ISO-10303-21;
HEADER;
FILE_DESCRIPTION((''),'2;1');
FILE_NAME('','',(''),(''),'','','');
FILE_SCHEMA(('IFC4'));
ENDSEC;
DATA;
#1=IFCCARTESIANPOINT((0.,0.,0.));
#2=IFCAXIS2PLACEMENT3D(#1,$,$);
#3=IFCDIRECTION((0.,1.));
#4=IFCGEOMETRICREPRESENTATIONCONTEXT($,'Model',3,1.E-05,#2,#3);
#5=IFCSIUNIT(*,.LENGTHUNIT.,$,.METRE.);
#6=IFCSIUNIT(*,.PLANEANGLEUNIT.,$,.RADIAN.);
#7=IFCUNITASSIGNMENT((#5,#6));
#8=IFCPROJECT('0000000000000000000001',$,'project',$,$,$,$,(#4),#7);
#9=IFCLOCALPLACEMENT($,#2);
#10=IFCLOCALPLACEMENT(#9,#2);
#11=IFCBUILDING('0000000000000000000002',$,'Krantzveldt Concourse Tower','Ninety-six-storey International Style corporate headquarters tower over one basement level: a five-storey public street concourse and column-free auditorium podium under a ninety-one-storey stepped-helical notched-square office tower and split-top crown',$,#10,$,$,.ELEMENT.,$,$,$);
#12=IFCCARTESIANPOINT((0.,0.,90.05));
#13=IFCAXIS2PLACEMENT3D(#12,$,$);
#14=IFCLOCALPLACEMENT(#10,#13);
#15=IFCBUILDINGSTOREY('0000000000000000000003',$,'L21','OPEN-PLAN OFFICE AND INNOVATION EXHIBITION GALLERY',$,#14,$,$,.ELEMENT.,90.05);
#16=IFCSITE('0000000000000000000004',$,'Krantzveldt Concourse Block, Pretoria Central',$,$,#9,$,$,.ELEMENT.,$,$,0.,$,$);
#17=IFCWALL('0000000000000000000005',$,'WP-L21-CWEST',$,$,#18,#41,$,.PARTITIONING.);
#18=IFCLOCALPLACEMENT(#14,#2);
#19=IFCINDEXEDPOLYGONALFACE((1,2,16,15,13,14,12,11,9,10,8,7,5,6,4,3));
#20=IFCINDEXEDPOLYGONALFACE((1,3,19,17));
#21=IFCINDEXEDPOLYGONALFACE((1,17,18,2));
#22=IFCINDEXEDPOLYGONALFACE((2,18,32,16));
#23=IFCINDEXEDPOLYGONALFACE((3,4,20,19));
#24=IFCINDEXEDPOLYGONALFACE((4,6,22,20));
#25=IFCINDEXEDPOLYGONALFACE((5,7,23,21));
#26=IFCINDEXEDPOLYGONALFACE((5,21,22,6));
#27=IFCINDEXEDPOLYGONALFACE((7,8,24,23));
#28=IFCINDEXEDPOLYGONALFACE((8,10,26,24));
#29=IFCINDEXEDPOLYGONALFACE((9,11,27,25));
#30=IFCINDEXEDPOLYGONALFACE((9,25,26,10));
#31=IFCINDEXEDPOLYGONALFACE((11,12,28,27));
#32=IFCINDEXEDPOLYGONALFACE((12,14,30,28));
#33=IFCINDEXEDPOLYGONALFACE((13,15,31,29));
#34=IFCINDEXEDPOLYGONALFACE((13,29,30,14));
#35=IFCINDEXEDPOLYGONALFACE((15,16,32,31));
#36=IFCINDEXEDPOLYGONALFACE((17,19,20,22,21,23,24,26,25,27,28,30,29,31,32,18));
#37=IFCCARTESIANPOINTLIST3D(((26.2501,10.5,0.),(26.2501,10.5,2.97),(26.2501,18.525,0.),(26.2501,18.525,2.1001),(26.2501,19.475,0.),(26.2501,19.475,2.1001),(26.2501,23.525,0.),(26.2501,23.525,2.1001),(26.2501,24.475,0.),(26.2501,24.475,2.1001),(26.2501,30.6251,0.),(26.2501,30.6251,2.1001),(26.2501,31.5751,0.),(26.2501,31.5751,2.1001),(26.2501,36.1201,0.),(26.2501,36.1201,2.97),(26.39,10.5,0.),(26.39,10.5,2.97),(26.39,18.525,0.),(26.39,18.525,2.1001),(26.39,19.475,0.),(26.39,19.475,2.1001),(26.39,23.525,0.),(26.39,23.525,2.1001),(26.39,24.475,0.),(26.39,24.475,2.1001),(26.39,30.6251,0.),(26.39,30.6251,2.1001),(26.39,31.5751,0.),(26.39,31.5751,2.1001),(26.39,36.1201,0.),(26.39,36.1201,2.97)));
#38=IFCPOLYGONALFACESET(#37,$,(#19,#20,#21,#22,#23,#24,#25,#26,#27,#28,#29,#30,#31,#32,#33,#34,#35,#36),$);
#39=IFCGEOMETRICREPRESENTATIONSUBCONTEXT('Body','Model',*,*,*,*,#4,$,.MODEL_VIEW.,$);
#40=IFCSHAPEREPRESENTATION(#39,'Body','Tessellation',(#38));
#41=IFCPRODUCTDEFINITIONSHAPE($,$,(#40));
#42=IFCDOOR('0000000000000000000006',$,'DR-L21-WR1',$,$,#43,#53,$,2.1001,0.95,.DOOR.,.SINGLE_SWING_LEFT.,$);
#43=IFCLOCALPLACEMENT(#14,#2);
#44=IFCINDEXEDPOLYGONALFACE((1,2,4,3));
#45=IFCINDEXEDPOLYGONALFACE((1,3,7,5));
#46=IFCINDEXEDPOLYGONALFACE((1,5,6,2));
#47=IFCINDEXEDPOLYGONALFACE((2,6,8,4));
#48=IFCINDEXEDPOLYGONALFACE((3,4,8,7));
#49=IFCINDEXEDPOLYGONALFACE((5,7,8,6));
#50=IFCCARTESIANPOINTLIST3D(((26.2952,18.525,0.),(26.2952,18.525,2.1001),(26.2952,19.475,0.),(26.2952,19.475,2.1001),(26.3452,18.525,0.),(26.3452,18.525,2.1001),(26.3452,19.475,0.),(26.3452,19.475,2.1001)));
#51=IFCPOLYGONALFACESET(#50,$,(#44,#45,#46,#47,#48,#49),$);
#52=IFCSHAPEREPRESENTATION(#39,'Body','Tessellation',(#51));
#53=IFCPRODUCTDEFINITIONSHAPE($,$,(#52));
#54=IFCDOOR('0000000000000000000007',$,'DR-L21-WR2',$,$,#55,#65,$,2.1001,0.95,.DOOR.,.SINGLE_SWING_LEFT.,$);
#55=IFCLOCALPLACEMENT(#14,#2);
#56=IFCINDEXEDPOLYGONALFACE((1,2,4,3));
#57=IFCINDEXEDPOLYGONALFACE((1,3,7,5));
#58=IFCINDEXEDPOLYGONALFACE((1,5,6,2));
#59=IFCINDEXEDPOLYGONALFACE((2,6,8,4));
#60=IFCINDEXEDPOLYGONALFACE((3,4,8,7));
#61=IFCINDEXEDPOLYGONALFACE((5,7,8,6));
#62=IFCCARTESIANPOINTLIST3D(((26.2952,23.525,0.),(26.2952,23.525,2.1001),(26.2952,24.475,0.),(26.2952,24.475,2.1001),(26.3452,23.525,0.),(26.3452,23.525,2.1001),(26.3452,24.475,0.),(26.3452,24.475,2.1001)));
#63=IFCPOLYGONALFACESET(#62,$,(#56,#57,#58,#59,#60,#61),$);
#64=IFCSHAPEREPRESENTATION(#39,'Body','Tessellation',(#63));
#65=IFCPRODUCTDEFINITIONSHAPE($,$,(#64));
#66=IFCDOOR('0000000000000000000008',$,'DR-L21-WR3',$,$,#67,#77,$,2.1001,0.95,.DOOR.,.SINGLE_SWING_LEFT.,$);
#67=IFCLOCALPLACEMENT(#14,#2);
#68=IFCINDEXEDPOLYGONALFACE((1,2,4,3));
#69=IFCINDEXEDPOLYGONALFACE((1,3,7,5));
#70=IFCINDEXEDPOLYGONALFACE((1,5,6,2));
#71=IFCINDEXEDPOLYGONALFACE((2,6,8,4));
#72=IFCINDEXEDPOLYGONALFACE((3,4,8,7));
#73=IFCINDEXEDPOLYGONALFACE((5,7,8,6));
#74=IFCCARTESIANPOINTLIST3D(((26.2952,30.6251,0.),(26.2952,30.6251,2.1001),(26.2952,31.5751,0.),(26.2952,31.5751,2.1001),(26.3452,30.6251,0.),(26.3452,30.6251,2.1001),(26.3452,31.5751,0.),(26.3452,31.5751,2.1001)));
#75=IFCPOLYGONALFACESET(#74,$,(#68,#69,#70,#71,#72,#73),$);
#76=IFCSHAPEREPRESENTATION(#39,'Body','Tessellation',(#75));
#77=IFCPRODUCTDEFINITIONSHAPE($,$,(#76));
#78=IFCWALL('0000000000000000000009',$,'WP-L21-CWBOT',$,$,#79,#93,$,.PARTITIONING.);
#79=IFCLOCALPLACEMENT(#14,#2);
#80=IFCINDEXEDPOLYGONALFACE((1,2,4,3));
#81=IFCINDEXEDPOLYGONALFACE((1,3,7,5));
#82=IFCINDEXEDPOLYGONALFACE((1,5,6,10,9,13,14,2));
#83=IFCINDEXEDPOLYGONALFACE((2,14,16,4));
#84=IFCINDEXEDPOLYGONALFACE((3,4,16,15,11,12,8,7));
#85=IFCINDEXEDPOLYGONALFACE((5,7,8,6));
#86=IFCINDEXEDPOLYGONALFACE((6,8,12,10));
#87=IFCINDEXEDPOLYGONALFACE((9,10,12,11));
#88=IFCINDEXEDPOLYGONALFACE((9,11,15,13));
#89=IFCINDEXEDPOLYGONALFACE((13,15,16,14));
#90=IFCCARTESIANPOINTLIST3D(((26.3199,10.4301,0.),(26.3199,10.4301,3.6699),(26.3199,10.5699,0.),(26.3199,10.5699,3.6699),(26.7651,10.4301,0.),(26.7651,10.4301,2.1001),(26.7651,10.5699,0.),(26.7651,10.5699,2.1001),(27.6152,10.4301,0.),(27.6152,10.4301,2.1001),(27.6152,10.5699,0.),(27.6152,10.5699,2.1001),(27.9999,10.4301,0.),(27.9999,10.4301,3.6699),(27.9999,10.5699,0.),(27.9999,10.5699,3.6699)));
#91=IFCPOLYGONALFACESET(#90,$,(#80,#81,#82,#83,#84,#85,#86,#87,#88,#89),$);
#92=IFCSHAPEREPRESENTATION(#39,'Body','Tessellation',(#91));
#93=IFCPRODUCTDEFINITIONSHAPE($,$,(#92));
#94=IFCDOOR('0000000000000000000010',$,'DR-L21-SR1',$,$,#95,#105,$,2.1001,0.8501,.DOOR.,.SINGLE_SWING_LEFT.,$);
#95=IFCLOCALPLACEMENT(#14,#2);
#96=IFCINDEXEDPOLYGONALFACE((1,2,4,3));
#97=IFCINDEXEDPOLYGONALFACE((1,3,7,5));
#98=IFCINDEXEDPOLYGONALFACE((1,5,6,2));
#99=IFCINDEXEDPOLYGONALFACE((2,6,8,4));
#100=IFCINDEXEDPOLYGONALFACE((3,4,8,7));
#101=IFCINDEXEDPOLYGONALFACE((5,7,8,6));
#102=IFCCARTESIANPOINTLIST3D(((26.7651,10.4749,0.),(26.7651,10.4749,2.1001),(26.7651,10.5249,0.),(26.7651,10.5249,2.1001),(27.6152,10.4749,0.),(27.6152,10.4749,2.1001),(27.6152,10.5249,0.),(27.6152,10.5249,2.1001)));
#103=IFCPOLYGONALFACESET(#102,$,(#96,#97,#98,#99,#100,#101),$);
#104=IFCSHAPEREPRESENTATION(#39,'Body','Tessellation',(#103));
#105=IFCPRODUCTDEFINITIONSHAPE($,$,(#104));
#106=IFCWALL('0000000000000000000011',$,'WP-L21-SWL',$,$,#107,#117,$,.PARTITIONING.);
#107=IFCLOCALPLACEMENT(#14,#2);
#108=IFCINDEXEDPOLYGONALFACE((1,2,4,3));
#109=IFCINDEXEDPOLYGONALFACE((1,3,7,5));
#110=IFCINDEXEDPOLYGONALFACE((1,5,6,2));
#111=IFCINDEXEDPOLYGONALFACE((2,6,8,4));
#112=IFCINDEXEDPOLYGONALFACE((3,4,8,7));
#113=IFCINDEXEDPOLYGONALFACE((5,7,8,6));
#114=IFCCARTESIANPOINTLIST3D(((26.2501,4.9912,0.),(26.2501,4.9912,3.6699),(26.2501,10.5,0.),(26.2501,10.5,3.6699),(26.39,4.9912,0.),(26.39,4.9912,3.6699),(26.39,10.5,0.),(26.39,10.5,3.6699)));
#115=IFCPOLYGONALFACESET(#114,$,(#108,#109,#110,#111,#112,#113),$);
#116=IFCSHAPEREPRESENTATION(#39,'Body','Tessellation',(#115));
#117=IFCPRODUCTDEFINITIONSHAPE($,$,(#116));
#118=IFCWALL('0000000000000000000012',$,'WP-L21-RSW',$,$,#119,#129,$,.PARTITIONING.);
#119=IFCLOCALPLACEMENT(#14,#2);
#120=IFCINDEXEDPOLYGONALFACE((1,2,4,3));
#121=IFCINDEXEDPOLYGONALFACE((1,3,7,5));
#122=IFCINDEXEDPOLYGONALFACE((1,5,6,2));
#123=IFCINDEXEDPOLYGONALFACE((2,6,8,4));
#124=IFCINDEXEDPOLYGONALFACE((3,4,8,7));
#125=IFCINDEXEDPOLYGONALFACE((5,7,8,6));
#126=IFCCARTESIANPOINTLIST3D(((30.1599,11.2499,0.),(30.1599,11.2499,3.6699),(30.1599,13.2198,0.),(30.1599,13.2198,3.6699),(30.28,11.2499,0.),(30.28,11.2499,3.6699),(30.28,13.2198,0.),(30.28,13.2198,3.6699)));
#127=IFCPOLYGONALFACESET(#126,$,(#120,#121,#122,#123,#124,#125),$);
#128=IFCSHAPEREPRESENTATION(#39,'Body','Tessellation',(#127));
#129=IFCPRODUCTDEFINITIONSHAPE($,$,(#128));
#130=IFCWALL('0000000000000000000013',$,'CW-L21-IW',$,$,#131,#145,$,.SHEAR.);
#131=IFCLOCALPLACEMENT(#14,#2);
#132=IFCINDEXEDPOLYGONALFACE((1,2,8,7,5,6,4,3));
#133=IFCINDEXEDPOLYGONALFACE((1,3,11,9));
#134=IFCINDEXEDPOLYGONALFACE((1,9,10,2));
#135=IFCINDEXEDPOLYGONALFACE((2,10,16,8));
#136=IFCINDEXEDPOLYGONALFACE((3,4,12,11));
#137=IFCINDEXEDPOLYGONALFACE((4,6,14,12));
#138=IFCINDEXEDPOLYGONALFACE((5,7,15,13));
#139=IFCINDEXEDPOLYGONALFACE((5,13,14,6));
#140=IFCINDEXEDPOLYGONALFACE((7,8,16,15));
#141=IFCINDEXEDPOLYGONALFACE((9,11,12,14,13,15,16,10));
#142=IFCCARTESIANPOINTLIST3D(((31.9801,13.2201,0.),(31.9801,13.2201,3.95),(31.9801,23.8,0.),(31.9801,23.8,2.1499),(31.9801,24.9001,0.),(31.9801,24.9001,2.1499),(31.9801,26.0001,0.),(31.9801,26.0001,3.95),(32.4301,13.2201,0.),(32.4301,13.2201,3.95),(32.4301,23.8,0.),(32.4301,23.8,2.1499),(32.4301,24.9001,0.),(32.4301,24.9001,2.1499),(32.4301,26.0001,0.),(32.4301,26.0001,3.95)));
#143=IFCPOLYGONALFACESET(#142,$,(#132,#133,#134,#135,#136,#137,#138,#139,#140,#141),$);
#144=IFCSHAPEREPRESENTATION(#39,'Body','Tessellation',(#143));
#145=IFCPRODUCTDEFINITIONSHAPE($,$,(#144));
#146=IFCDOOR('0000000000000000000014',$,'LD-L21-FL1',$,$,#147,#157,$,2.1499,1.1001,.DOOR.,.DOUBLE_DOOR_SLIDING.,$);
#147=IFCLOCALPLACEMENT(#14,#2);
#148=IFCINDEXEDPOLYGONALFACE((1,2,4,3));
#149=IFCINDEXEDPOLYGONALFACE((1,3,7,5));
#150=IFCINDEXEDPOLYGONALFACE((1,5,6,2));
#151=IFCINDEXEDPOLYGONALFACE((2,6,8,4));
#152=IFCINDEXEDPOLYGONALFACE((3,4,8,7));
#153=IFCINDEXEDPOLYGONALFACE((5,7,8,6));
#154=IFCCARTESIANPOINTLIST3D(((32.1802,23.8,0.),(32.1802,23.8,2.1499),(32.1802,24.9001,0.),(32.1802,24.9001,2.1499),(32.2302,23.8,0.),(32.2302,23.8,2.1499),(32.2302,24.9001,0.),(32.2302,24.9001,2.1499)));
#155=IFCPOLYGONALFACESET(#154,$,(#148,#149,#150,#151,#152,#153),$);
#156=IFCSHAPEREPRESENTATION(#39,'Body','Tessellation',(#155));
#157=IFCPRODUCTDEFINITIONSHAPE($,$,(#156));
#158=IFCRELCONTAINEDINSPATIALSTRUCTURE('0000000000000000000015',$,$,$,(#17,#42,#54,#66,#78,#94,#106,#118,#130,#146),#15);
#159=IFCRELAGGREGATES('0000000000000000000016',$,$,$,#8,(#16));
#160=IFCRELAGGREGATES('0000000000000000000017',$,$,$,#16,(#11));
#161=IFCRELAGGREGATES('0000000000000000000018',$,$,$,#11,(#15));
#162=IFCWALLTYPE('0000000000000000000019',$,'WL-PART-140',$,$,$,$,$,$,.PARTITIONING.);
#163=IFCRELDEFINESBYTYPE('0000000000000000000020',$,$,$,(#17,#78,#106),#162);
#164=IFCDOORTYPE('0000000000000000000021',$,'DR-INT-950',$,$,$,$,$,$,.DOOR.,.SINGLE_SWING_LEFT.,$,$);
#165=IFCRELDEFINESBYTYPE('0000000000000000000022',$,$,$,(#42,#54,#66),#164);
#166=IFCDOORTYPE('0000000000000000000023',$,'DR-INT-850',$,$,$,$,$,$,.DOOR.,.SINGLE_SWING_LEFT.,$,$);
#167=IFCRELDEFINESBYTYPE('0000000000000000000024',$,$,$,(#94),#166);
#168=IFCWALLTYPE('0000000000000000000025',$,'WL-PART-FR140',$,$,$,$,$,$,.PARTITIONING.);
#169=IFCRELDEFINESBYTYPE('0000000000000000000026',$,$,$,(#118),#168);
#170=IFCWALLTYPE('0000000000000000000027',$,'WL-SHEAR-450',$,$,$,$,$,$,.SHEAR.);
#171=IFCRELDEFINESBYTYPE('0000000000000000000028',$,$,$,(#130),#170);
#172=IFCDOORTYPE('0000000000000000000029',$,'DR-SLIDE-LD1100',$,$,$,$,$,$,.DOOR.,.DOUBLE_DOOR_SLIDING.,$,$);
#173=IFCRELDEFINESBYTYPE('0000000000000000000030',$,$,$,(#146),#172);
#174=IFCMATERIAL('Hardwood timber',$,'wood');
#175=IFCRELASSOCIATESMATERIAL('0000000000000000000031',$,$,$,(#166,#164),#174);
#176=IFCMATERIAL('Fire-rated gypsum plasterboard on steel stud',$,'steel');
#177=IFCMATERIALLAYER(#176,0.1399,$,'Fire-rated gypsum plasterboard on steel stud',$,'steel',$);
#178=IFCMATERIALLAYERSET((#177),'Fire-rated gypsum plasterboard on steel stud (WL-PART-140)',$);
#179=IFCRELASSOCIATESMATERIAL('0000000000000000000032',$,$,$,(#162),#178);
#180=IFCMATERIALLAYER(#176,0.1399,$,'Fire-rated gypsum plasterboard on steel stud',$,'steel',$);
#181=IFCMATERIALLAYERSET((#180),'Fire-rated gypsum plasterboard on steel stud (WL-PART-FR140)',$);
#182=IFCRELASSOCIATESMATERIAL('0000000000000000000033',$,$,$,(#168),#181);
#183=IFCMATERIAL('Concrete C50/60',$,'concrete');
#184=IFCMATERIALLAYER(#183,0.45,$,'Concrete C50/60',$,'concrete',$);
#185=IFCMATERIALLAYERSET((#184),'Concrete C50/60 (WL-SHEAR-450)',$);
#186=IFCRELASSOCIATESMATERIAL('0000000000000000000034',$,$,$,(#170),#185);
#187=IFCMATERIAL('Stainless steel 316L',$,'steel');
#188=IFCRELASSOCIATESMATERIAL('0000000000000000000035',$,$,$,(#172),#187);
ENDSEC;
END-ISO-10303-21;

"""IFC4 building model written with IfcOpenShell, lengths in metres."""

from ifc_helpers import new_model, si_unit, direction, frame, frame_2d, origin, place, context, subcontext, project, spatial, rectangle, extrude, material, layer, layer_set, type_object, element, fill, save


model = new_model("IFC4")

# Units and contexts
model_context = context("Model", 3, precision=1e-05, world=origin(), true_north=direction((0.0, 1.0)))
body_context = subcontext(model_context, "Body", "Model", "MODEL_VIEW")
ifc_project = project(units=[si_unit("LENGTHUNIT", "METRE"), si_unit("PLANEANGLEUNIT", "RADIAN")], contexts=[model_context])

# Site, building, storey
site_placement = place(None, origin())
site = spatial("IfcSite", under=ifc_project, at=site_placement, Name="Krantzveldt Concourse Block, Pretoria Central", CompositionType="ELEMENT", RefElevation=0.0)
building_placement = place(site_placement, origin())
building = spatial("IfcBuilding", under=site, at=building_placement, Name="Krantzveldt Concourse Tower", Description="Ninety-six-storey International Style corporate headquarters tower over one basement level: a five-storey public street concourse and column-free auditorium podium under a ninety-one-storey stepped-helical notched-square office tower and split-top crown", CompositionType="ELEMENT")
storey_placement = place(building_placement, frame((0.0, 0.0, 90.05)))
storey = spatial("IfcBuildingStorey", under=building, at=storey_placement, Name="L21", Description="OPEN-PLAN OFFICE AND INNOVATION EXHIBITION GALLERY", CompositionType="ELEMENT", Elevation=90.05)

# Shared definitions
ifc_material_1 = material(Name="Fire-rated gypsum plasterboard on steel stud", Category="steel")
ifc_material_2 = material(Name="Hardwood timber", Category="wood")
door_type_1 = type_object("IfcDoorType", Name="DR-INT-850", OperationType="SINGLE_SWING_LEFT", PredefinedType="DOOR", material=ifc_material_2)

# Wall, openings, doors
ifc_layer_1 = layer(ifc_material_1, 0.1399, Name="Fire-rated gypsum plasterboard on steel stud", Category="steel")
ifc_layer_set_1 = layer_set([ifc_layer_1], Name="Fire-rated gypsum plasterboard on steel stud (WL-PART-140)")
wall_type_1 = type_object("IfcWallType", Name="WL-PART-140", PredefinedType="PARTITIONING", material=ifc_layer_set_1)
wall_1_placement = place(storey_placement, frame((26.3201, 10.5, 0.0), z_axis=(0.0, 0.0, 1.0), x_axis=(0.0, 1.0, 0.0)))
wall_1 = element("IfcWall", 1, at=wall_1_placement, inside=storey, type_object=wall_type_1, Name="WP-L21-CWEST", PredefinedType="PARTITIONING", context=body_context, shape_type="SweptSolid", body=[
    extrude(rectangle(XDim=25.6201, YDim=0.1399, at=frame_2d((12.8101, 0.0))), origin(), (0.0, 0.0, 1.0), 2.97),
])
opening_1_placement = place(wall_1_placement, frame((8.0249, 0.0, 0.0)))
opening_1 = element("IfcOpeningElement", 2, at=opening_1_placement, cuts=wall_1, PredefinedType="OPENING", context=body_context, shape_type="SweptSolid", body=[
    extrude(rectangle(XDim=0.95, YDim=2.1001, at=frame_2d((0.4751, 1.05))), frame((0.0, 0.0801, 0.0), z_axis=(0.0, -1.0, 0.0), x_axis=(1.0, 0.0, 0.0)), (0.0, 0.0, 1.0), 0.1599),
])
opening_2_placement = place(wall_1_placement, frame((13.0249, 0.0, 0.0)))
opening_2 = element("IfcOpeningElement", 3, at=opening_2_placement, cuts=wall_1, PredefinedType="OPENING", context=body_context, shape_type="SweptSolid", body=[
    extrude(rectangle(XDim=0.95, YDim=2.1001, at=frame_2d((0.4751, 1.05))), frame((0.0, 0.0801, 0.0), z_axis=(0.0, -1.0, 0.0), x_axis=(1.0, 0.0, 0.0)), (0.0, 0.0, 1.0), 0.1599),
])
opening_3_placement = place(wall_1_placement, frame((20.125, 0.0, 0.0)))
opening_3 = element("IfcOpeningElement", 4, at=opening_3_placement, cuts=wall_1, PredefinedType="OPENING", context=body_context, shape_type="SweptSolid", body=[
    extrude(rectangle(XDim=0.95, YDim=2.1001, at=frame_2d((0.4751, 1.05))), frame((0.0, 0.0801, 0.0), z_axis=(0.0, -1.0, 0.0), x_axis=(1.0, 0.0, 0.0)), (0.0, 0.0, 1.0), 0.1599),
])
door_type_2 = type_object("IfcDoorType", Name="DR-INT-950", OperationType="SINGLE_SWING_LEFT", PredefinedType="DOOR", material=ifc_material_2)
door_1_placement = place(opening_1_placement, origin())
door_1 = element("IfcDoor", 5, at=door_1_placement, inside=storey, type_object=door_type_2, Name="DR-L21-WR1", OperationType="SINGLE_SWING_LEFT", OverallHeight=2.1001, OverallWidth=0.95, PredefinedType="DOOR", context=body_context, shape_type="SweptSolid", body=[
    extrude(rectangle(XDim=0.95, YDim=2.1001, at=frame_2d((0.4751, 1.05))), frame((0.0, 0.0249, 0.0), z_axis=(0.0, -1.0, 0.0), x_axis=(1.0, 0.0, 0.0)), (0.0, 0.0, 1.0), 0.05),
])
fill(opening_1, door_1)
door_2_placement = place(opening_2_placement, origin())
door_2 = element("IfcDoor", 6, at=door_2_placement, inside=storey, type_object=door_type_2, Name="DR-L21-WR2", OperationType="SINGLE_SWING_LEFT", OverallHeight=2.1001, OverallWidth=0.95, PredefinedType="DOOR", context=body_context, shape_type="SweptSolid", body=[
    extrude(rectangle(XDim=0.95, YDim=2.1001, at=frame_2d((0.4751, 1.05))), frame((0.0, 0.0249, 0.0), z_axis=(0.0, -1.0, 0.0), x_axis=(1.0, 0.0, 0.0)), (0.0, 0.0, 1.0), 0.05),
])
fill(opening_2, door_2)
door_3_placement = place(opening_3_placement, origin())
door_3 = element("IfcDoor", 7, at=door_3_placement, inside=storey, type_object=door_type_2, Name="DR-L21-WR3", OperationType="SINGLE_SWING_LEFT", OverallHeight=2.1001, OverallWidth=0.95, PredefinedType="DOOR", context=body_context, shape_type="SweptSolid", body=[
    extrude(rectangle(XDim=0.95, YDim=2.1001, at=frame_2d((0.4751, 1.05))), frame((0.0, 0.0249, 0.0), z_axis=(0.0, -1.0, 0.0), x_axis=(1.0, 0.0, 0.0)), (0.0, 0.0, 1.0), 0.05),
])
fill(opening_3, door_3)

# Wall, opening, door
wall_2_placement = place(storey_placement, frame((26.3201, 10.5, 0.0), z_axis=(0.0, 0.0, 1.0), x_axis=(1.0, 0.0, 0.0)))
wall_2 = element("IfcWall", 8, at=wall_2_placement, inside=storey, type_object=wall_type_1, Name="WP-L21-CWBOT", PredefinedType="PARTITIONING", context=body_context, shape_type="SweptSolid", body=[
    extrude(rectangle(XDim=1.6799, YDim=0.1399, at=frame_2d((0.8398, 0.0))), origin(), (0.0, 0.0, 1.0), 3.6699),
])
opening_4_placement = place(wall_2_placement, frame((0.4451, 0.0, 0.0)))
opening_4 = element("IfcOpeningElement", 9, at=opening_4_placement, cuts=wall_2, PredefinedType="OPENING", context=body_context, shape_type="SweptSolid", body=[
    extrude(rectangle(XDim=0.8501, YDim=2.1001, at=frame_2d((0.425, 1.05))), frame((0.0, 0.0801, 0.0), z_axis=(0.0, -1.0, 0.0), x_axis=(1.0, 0.0, 0.0)), (0.0, 0.0, 1.0), 0.1599),
])
door_4_placement = place(opening_4_placement, origin())
door_4 = element("IfcDoor", 10, at=door_4_placement, inside=storey, type_object=door_type_1, Name="DR-L21-SR1", OperationType="SINGLE_SWING_LEFT", OverallHeight=2.1001, OverallWidth=0.8501, PredefinedType="DOOR", context=body_context, shape_type="SweptSolid", body=[
    extrude(rectangle(XDim=0.8501, YDim=2.1001, at=frame_2d((0.425, 1.05))), frame((0.0, 0.0249, 0.0), z_axis=(0.0, -1.0, 0.0), x_axis=(1.0, 0.0, 0.0)), (0.0, 0.0, 1.0), 0.05),
])
fill(opening_4, door_4)

# Walls
wall_3_placement = place(storey_placement, frame((26.3201, 4.9912, 0.0), z_axis=(0.0, 0.0, 1.0), x_axis=(0.0, 1.0, 0.0)))
element("IfcWall", 11, at=wall_3_placement, inside=storey, type_object=wall_type_1, Name="WP-L21-SWL", PredefinedType="PARTITIONING", context=body_context, shape_type="SweptSolid", body=[
    extrude(rectangle(XDim=5.5088, YDim=0.1399, at=frame_2d((2.7544, 0.0))), origin(), (0.0, 0.0, 1.0), 3.6699),
])
ifc_layer_2 = layer(ifc_material_1, 0.1399, Name="Fire-rated gypsum plasterboard on steel stud", Category="steel")
ifc_layer_set_2 = layer_set([ifc_layer_2], Name="Fire-rated gypsum plasterboard on steel stud (WL-PART-FR140)")
wall_type_2 = type_object("IfcWallType", Name="WL-PART-FR140", PredefinedType="PARTITIONING", material=ifc_layer_set_2)
wall_4_placement = place(storey_placement, frame((30.22, 11.25, 0.0), z_axis=(0.0, 0.0, 1.0), x_axis=(0.0, 1.0, 0.0)))
element("IfcWall", 12, at=wall_4_placement, inside=storey, type_object=wall_type_2, Name="WP-L21-RSW", PredefinedType="PARTITIONING", context=body_context, shape_type="SweptSolid", body=[
    extrude(rectangle(XDim=1.97, YDim=0.1201, at=frame_2d((0.9849, 0.0))), origin(), (0.0, 0.0, 1.0), 3.6699),
])

# Wall, opening, door
ifc_material_3 = material(Name="Concrete C50/60", Category="concrete")
ifc_layer_3 = layer(ifc_material_3, 0.45, Name="Concrete C50/60", Category="concrete")
ifc_layer_set_3 = layer_set([ifc_layer_3], Name="Concrete C50/60 (WL-SHEAR-450)")
wall_type_3 = type_object("IfcWallType", Name="WL-SHEAR-450", PredefinedType="SHEAR", material=ifc_layer_set_3)
wall_5_placement = place(storey_placement, frame((32.2051, 13.22, 0.0), z_axis=(0.0, 0.0, 1.0), x_axis=(0.0, 1.0, 0.0)))
wall_5 = element("IfcWall", 13, at=wall_5_placement, inside=storey, type_object=wall_type_3, Name="CW-L21-IW", PredefinedType="SHEAR", context=body_context, shape_type="SweptSolid", body=[
    extrude(rectangle(XDim=12.78, YDim=0.45, at=frame_2d((6.3901, 0.0))), origin(), (0.0, 0.0, 1.0), 3.95),
])
opening_5_placement = place(wall_5_placement, frame((10.5801, 0.0, 0.0)))
opening_5 = element("IfcOpeningElement", 14, at=opening_5_placement, cuts=wall_5, PredefinedType="OPENING", context=body_context, shape_type="SweptSolid", body=[
    extrude(rectangle(XDim=1.1001, YDim=2.1499, at=frame_2d((0.55, 1.075))), frame((0.0, 0.2349, 0.0), z_axis=(0.0, -1.0, 0.0), x_axis=(1.0, 0.0, 0.0)), (0.0, 0.0, 1.0), 0.47),
])
ifc_material_4 = material(Name="Stainless steel 316L", Category="steel")
door_type_3 = type_object("IfcDoorType", Name="DR-SLIDE-LD1100", OperationType="DOUBLE_DOOR_SLIDING", PredefinedType="DOOR", material=ifc_material_4)
door_5_placement = place(opening_5_placement, origin())
door_5 = element("IfcDoor", 15, at=door_5_placement, inside=storey, type_object=door_type_3, Name="LD-L21-FL1", OperationType="DOUBLE_DOOR_SLIDING", OverallHeight=2.1499, OverallWidth=1.1001, PredefinedType="DOOR", context=body_context, shape_type="SweptSolid", body=[
    extrude(rectangle(XDim=1.1001, YDim=2.1499, at=frame_2d((0.55, 1.075))), frame((0.0, 0.0249, 0.0), z_axis=(0.0, -1.0, 0.0), x_axis=(1.0, 0.0, 0.0)), (0.0, 0.0, 1.0), 0.05),
])
fill(opening_5, door_5)

save(model, "model.ifc")
